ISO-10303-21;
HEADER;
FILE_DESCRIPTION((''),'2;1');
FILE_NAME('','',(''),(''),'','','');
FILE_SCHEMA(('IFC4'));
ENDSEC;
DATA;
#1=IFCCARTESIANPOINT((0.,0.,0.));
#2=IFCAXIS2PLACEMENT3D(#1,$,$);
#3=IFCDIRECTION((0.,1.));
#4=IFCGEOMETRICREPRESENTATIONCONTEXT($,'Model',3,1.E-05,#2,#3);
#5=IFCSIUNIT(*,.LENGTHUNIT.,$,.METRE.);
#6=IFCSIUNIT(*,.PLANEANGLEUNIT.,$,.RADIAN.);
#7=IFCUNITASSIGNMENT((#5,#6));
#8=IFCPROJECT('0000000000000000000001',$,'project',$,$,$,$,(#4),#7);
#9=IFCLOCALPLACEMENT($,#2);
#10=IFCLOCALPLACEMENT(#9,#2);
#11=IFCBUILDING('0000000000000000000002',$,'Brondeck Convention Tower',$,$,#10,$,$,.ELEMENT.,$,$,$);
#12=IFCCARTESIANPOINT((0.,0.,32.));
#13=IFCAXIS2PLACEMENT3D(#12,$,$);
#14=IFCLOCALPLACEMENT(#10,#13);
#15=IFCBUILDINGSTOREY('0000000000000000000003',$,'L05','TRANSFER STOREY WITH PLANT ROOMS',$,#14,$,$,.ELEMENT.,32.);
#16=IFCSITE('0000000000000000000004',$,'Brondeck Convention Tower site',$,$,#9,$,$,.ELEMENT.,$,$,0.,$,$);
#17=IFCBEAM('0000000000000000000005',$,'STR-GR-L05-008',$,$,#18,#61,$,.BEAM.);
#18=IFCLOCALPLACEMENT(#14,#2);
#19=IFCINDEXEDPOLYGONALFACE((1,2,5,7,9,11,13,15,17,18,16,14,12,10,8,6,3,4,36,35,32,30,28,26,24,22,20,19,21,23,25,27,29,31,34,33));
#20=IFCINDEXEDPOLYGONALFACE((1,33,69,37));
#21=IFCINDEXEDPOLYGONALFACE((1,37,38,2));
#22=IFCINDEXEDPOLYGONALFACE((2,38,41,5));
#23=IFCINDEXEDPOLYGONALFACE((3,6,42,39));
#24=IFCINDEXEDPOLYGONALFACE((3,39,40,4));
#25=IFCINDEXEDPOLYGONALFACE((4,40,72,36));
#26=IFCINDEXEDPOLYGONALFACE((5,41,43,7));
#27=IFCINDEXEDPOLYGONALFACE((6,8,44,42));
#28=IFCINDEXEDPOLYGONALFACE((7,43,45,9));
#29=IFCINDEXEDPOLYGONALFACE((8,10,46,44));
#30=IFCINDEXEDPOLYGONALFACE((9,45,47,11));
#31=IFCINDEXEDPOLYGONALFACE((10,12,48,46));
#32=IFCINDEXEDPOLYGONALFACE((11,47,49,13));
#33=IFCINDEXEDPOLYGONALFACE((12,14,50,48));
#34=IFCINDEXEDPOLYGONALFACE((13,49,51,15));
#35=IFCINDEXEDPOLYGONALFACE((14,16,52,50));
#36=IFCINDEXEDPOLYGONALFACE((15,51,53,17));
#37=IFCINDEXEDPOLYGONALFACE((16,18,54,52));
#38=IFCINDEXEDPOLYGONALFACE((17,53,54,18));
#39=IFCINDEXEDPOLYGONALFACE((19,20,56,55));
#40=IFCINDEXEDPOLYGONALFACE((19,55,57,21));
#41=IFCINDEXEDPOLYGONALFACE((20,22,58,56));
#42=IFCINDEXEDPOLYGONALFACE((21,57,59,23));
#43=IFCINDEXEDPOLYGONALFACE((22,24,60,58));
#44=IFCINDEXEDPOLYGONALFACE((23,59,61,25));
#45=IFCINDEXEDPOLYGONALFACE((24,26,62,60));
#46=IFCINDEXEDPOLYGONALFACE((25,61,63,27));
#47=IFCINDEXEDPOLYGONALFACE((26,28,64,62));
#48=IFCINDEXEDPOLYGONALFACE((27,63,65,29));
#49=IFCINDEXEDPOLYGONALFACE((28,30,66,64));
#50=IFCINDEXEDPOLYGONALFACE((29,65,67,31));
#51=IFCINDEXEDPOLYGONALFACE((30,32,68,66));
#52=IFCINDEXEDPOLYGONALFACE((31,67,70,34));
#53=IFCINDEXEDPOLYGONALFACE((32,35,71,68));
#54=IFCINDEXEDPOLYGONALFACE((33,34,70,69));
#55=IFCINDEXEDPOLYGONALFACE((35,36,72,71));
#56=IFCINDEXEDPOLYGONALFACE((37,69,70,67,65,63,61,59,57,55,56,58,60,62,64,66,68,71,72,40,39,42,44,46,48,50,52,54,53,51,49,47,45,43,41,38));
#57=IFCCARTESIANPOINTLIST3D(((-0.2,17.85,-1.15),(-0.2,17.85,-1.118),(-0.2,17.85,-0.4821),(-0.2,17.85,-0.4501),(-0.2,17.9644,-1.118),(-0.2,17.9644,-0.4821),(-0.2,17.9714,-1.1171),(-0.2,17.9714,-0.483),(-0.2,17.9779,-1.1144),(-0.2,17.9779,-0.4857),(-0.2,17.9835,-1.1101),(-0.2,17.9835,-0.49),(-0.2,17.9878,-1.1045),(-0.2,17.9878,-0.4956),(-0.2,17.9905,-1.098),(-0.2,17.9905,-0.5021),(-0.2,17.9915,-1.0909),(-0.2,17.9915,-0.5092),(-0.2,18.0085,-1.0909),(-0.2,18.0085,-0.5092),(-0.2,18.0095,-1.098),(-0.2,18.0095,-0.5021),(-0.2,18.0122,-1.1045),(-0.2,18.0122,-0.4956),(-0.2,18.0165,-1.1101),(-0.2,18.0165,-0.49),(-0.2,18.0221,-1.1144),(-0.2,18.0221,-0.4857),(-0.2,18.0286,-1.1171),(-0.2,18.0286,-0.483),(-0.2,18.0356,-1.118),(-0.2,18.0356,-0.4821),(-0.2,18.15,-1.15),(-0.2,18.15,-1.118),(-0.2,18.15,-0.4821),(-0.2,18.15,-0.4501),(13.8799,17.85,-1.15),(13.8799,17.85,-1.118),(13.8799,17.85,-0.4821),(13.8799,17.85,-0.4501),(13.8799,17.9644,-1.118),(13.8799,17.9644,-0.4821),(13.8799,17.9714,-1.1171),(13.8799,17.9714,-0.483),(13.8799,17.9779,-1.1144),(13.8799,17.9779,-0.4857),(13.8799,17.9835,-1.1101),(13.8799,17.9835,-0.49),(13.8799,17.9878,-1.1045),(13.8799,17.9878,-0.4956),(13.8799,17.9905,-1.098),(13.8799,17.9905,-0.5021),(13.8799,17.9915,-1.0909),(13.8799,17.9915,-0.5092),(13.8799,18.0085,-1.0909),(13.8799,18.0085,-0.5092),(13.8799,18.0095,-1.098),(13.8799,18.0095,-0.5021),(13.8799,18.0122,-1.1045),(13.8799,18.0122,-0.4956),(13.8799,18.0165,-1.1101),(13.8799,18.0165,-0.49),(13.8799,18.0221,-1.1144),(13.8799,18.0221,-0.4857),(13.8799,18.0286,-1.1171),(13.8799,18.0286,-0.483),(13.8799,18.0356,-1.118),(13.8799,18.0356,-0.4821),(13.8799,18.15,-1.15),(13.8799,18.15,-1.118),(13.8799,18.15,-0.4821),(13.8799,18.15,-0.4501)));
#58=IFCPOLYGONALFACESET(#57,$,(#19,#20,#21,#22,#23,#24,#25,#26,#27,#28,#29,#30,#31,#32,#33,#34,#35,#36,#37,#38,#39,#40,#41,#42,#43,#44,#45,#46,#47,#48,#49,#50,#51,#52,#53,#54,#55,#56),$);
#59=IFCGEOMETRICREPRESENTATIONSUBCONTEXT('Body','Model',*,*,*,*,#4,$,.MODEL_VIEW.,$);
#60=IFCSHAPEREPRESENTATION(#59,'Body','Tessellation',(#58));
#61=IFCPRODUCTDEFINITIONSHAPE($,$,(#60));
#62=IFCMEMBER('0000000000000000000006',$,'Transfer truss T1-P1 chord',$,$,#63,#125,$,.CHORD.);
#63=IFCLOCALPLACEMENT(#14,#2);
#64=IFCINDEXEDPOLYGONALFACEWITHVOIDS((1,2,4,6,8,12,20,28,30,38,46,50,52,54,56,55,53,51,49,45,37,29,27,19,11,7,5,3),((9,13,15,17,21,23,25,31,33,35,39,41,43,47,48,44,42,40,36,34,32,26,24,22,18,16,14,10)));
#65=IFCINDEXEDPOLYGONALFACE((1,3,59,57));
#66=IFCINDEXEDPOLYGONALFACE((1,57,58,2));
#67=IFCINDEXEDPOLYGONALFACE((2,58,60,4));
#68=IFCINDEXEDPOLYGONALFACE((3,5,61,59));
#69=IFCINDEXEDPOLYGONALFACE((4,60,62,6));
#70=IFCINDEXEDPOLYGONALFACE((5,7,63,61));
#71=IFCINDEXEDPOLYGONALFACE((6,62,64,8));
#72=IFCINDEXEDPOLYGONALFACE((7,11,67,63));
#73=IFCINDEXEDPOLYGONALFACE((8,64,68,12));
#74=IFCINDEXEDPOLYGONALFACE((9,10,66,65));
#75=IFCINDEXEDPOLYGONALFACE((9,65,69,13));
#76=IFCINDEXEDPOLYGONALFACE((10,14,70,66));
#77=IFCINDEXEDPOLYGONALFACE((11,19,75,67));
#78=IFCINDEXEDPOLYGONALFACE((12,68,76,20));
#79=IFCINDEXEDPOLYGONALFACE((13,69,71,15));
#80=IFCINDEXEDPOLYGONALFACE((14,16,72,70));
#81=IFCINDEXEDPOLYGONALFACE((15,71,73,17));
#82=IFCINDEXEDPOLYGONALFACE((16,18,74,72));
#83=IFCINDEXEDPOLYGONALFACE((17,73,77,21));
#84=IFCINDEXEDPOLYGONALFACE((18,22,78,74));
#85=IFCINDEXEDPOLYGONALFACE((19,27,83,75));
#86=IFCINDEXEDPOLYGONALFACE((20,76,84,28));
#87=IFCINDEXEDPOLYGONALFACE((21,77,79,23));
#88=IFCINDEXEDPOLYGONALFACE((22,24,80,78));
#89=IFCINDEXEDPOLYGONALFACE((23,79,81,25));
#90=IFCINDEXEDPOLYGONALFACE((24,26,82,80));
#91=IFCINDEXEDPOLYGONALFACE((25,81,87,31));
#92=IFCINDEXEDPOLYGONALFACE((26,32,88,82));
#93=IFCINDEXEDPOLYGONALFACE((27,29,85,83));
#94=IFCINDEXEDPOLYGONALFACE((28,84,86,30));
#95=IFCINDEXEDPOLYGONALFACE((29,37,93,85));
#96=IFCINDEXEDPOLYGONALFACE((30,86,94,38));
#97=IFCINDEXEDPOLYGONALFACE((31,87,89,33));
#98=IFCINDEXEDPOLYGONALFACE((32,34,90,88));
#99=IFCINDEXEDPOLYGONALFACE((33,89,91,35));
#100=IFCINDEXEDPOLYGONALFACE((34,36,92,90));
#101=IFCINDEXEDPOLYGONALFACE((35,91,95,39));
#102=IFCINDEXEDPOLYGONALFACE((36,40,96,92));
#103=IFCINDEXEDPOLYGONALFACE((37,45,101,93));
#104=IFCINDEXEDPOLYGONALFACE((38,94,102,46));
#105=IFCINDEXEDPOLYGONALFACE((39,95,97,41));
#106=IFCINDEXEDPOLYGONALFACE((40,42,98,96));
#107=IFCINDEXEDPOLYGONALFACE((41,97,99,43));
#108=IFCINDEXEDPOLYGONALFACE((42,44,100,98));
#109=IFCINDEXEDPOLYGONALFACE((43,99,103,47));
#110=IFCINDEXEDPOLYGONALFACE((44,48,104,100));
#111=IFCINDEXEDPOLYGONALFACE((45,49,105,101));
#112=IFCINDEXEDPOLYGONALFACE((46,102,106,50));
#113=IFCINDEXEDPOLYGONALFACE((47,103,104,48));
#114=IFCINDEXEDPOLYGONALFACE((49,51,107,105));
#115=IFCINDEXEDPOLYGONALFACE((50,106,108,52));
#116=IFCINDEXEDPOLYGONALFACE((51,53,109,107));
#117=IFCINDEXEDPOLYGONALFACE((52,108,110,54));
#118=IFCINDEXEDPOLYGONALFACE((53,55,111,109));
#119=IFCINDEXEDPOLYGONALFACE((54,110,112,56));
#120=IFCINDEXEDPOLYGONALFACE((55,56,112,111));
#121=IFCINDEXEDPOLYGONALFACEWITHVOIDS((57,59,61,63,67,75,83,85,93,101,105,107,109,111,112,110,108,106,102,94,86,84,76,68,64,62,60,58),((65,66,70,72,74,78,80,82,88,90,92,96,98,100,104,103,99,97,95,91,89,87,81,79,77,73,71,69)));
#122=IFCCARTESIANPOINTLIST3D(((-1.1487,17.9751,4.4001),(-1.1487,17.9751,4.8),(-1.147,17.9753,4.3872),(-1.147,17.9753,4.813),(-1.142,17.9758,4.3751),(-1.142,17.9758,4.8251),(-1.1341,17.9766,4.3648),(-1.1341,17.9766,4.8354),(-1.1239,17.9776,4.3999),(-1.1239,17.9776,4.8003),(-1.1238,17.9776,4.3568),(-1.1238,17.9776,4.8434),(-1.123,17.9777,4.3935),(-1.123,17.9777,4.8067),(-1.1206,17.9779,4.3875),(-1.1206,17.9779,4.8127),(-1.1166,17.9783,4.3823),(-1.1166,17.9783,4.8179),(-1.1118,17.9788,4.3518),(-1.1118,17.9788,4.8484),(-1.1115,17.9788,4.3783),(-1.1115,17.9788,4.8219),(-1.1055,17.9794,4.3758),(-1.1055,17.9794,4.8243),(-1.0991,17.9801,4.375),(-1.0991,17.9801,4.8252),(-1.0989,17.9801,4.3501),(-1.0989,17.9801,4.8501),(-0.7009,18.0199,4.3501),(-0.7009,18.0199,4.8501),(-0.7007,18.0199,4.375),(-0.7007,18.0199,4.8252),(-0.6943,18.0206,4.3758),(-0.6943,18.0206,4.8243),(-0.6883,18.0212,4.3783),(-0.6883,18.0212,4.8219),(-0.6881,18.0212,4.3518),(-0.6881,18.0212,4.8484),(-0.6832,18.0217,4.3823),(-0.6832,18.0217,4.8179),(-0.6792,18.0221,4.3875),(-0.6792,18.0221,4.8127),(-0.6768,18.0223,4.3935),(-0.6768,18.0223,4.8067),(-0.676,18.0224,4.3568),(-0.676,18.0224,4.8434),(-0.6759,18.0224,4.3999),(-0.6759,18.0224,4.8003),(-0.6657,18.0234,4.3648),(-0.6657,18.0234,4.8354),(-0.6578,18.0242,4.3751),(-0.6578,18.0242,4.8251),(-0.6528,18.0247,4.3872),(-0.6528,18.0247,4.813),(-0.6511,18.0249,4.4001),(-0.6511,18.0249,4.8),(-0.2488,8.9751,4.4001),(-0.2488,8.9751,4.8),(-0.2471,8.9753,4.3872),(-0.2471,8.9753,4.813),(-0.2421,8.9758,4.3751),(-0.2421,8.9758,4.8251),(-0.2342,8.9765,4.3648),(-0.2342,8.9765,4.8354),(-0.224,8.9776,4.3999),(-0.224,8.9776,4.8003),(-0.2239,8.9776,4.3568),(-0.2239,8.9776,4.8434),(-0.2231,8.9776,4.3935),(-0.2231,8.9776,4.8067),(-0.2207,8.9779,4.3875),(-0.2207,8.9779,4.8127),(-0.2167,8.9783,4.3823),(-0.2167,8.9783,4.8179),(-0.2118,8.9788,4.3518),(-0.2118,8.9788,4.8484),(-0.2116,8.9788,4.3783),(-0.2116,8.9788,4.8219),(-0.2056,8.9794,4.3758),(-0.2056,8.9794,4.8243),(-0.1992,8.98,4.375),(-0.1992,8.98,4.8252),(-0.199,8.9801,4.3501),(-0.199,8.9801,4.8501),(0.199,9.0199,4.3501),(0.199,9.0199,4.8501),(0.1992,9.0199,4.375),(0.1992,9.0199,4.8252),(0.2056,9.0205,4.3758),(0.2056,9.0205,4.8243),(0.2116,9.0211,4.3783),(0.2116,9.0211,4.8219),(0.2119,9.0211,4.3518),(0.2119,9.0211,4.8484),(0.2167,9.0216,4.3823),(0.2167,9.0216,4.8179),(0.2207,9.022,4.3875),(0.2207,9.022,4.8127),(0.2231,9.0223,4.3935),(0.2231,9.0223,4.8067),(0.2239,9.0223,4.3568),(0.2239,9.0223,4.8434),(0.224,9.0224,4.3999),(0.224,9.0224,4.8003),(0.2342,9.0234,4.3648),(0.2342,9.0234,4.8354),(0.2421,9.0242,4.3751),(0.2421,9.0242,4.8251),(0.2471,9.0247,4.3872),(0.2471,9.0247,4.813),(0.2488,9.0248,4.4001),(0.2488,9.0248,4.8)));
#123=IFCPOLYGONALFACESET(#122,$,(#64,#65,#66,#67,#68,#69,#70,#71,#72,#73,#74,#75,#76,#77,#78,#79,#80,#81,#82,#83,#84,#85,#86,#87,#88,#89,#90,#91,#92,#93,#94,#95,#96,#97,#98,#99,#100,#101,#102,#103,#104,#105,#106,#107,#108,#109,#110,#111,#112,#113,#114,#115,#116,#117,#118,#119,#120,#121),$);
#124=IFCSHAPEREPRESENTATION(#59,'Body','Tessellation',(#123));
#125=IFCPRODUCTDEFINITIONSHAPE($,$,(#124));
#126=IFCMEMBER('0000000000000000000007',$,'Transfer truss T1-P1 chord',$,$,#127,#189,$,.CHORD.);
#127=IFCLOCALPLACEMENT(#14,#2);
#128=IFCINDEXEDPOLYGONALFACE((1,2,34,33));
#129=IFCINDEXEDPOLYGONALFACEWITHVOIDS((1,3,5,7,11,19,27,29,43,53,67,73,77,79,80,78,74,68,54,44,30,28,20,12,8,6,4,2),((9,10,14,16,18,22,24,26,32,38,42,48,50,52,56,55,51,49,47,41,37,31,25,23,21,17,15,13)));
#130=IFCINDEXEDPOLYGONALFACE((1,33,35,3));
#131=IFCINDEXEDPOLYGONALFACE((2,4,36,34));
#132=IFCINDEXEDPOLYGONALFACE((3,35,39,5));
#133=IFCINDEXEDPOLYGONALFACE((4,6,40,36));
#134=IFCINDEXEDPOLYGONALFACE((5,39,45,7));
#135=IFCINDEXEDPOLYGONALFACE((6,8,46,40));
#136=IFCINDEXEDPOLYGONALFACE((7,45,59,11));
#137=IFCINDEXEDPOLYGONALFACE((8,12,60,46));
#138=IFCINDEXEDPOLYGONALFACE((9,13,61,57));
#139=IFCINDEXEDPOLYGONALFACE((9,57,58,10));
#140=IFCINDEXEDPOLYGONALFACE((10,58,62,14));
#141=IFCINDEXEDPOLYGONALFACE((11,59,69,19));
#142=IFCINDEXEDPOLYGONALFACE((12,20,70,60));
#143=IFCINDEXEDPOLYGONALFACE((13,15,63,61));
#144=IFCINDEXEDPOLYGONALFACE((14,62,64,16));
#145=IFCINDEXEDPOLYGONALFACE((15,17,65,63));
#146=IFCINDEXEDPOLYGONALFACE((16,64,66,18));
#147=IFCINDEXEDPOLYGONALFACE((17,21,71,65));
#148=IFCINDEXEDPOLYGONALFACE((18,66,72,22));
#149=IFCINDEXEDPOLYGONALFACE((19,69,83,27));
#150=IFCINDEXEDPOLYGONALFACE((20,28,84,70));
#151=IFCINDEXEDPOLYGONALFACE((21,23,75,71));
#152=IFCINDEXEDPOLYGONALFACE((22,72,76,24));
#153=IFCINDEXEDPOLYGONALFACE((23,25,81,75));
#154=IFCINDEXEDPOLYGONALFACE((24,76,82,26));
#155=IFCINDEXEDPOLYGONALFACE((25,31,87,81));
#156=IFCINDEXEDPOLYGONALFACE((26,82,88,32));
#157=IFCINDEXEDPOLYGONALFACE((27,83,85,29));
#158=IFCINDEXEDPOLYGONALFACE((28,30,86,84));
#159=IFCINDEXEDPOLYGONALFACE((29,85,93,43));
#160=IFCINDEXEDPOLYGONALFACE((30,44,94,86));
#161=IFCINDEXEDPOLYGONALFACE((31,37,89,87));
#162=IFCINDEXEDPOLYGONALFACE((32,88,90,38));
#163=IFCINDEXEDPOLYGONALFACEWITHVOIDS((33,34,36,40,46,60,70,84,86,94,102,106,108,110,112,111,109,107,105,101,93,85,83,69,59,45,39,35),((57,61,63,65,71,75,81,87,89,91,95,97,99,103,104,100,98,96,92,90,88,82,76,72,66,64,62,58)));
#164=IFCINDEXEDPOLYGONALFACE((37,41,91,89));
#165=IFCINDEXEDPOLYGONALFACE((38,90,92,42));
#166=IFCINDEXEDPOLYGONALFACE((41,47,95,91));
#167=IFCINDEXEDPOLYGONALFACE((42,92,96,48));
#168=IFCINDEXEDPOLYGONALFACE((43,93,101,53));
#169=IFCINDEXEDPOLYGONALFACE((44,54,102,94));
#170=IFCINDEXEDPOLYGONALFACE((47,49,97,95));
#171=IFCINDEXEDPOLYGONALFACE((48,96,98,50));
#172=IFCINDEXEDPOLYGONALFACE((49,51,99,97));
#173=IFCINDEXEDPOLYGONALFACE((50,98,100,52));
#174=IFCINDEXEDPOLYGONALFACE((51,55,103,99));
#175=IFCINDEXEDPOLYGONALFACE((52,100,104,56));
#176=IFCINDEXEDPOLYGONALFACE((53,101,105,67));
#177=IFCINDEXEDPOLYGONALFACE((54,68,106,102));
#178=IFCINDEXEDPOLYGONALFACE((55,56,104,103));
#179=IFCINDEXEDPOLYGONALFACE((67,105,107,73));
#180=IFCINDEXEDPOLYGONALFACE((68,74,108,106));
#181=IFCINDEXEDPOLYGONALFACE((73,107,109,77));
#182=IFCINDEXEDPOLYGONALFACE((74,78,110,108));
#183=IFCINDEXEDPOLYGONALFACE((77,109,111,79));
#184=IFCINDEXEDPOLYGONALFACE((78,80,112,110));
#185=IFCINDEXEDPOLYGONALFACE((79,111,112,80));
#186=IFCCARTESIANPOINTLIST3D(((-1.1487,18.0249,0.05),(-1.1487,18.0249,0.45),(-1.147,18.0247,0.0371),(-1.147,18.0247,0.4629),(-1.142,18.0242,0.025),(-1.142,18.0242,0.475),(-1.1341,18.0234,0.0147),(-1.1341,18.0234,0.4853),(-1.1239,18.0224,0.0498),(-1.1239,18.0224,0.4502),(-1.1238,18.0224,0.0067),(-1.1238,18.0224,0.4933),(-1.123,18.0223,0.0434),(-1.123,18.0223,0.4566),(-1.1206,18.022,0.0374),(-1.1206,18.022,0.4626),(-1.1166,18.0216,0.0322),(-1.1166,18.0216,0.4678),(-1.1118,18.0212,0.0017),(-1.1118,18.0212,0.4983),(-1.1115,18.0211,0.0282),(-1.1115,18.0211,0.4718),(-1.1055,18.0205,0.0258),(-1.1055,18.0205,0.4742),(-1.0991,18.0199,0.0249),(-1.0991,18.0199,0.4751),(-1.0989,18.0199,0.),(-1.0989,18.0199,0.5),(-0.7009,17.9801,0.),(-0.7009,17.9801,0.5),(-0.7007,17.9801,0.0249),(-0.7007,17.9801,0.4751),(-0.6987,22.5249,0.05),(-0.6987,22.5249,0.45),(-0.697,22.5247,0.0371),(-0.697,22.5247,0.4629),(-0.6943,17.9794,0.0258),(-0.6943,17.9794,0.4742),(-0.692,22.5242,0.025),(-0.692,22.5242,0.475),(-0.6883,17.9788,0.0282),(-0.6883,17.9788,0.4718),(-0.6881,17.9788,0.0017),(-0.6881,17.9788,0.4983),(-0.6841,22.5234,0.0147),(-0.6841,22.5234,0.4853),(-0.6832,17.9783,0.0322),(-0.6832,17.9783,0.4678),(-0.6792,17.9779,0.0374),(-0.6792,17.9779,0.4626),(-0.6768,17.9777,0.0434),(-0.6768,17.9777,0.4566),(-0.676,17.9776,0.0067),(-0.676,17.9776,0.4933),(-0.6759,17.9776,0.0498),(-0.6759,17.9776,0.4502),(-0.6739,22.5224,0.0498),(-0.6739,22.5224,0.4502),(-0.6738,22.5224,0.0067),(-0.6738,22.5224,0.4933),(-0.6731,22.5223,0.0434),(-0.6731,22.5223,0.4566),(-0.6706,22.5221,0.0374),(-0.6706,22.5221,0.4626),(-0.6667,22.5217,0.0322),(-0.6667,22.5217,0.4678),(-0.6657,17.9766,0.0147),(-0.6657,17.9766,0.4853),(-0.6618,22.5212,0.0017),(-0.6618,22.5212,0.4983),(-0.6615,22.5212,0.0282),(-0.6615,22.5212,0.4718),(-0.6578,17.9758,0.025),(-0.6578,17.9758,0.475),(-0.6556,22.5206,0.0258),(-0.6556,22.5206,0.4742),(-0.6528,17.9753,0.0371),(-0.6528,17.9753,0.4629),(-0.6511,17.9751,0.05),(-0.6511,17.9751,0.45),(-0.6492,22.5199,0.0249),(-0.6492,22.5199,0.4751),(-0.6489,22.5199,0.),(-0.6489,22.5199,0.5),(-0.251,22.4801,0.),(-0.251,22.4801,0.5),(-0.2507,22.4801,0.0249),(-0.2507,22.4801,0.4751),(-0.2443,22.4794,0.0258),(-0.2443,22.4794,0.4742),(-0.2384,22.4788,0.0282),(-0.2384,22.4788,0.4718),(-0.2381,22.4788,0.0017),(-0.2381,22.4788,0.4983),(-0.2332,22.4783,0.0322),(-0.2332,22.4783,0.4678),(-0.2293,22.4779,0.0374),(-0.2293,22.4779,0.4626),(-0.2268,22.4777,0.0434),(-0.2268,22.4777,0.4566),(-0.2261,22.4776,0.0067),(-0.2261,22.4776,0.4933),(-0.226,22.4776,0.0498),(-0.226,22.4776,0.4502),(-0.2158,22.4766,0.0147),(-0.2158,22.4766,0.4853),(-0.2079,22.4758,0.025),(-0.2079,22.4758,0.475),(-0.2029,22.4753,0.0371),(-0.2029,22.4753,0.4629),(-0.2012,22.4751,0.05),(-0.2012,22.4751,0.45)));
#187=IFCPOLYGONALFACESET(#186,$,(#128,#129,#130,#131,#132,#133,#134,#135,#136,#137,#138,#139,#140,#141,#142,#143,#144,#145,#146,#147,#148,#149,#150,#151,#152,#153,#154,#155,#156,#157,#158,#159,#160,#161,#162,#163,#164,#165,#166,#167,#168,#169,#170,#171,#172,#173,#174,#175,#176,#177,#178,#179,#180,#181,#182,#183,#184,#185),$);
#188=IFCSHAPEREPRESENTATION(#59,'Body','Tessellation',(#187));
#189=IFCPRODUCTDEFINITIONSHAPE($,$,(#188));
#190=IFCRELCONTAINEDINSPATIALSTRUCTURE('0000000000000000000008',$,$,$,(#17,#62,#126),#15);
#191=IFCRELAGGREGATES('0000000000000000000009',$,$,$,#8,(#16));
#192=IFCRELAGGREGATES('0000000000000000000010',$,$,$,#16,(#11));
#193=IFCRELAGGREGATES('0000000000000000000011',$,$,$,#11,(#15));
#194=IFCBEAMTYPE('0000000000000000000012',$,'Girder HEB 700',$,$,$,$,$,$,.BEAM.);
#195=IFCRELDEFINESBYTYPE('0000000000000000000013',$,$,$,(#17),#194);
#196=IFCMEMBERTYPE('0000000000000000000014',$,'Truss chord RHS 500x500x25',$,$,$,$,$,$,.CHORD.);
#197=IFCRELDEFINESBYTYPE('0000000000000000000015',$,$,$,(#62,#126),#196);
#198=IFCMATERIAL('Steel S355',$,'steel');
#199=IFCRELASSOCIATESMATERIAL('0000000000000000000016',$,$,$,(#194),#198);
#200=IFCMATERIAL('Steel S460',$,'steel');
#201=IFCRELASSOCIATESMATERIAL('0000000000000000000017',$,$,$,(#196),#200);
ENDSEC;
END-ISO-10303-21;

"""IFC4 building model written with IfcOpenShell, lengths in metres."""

from ifc_helpers import new_model, si_unit, direction, frame, origin, origin_2d, place, context, subcontext, project, spatial, hollow_rectangle, i_section, extrude, material, material_profile, profile_set, type_object, element, save


model = new_model("IFC4")

# Units and contexts
model_context = context("Model", 3, precision=1e-05, world=origin(), true_north=direction((0.0, 1.0)))
body_context = subcontext(model_context, "Body", "Model", "MODEL_VIEW")
ifc_project = project(units=[si_unit("LENGTHUNIT", "METRE"), si_unit("PLANEANGLEUNIT", "RADIAN")], contexts=[model_context])

# Site, building, storey
site_placement = place(None, origin())
site = spatial("IfcSite", under=ifc_project, at=site_placement, Name="Brondeck Convention Tower site", CompositionType="ELEMENT", RefElevation=0.0)
building_placement = place(site_placement, origin())
building = spatial("IfcBuilding", under=site, at=building_placement, Name="Brondeck Convention Tower", CompositionType="ELEMENT")
storey_placement = place(building_placement, frame((0.0, 0.0, 32.0)))
storey = spatial("IfcBuildingStorey", under=building, at=storey_placement, Name="L05", Description="TRANSFER STOREY WITH PLANT ROOMS", CompositionType="ELEMENT", Elevation=32.0)

# Shared definitions
ifc_material_1 = material(Name="Steel S460", Category="steel")

# Beam
ifc_material_2 = material(Name="Steel S355", Category="steel")
ifc_material_profile_1 = material_profile(ifc_material_2, i_section(OverallWidth=0.3, OverallDepth=0.7, WebThickness=0.0171, FlangeThickness=0.032, FilletRadius=0.0271, at=origin_2d()), Name="HEB 700")
ifc_profile_set_1 = profile_set([ifc_material_profile_1], Name="Steel S355")
beam_type_1 = type_object("IfcBeamType", Name="Girder HEB 700", PredefinedType="BEAM", material=ifc_profile_set_1)
beam_1_placement = place(storey_placement, frame((-0.2, 18.0, -0.8), z_axis=(1.0, 0.0, 0.0), x_axis=(0.0, 1.0, 0.0)))
element("IfcBeam", 1, at=beam_1_placement, inside=storey, type_object=beam_type_1, Name="STR-GR-L05-008", PredefinedType="BEAM", context=body_context, shape_type="SweptSolid", body=[
    extrude(i_section(OverallWidth=0.3, OverallDepth=0.7, WebThickness=0.0171, FlangeThickness=0.032, FilletRadius=0.0271, at=origin_2d()), origin(), (0.0, 0.0, 1.0), 14.0798),
])

# Members
ifc_material_profile_2 = material_profile(ifc_material_1, hollow_rectangle(XDim=0.5, YDim=0.5, WallThickness=0.0249, InnerFilletRadius=0.0249, OuterFilletRadius=0.05, at=origin_2d()), Name="RHS 500x500x25")
ifc_profile_set_2 = profile_set([ifc_material_profile_2], Name="Steel S460")
member_type_1 = type_object("IfcMemberType", Name="Truss chord RHS 500x500x25", PredefinedType="CHORD", material=ifc_profile_set_2)
member_1_placement = place(storey_placement, frame((-0.8999, 18.0, 4.6001), z_axis=(0.099493, -0.995038, 0.0), x_axis=(0.995038, 0.099493, 0.0)))
element("IfcMember", 2, at=member_1_placement, inside=storey, type_object=member_type_1, Name="Transfer truss T1-P1 chord", PredefinedType="CHORD", context=body_context, shape_type="SweptSolid", body=[
    extrude(hollow_rectangle(XDim=0.5, YDim=0.5, WallThickness=0.0249, InnerFilletRadius=0.0249, OuterFilletRadius=0.05, at=origin_2d()), origin(), (0.0, 0.0, 1.0), 9.0449),
])
for number, where, z_axis, x_axis, name in (
    (3, (-0.45, 22.5, 0.25), (-0.099493, -0.995038, 0.0), (0.995038, -0.099493, 0.0), "Transfer truss T1-P1 chord"),
):
    element("IfcMember", number, at=place(storey_placement, frame(where, z_axis=z_axis, x_axis=x_axis)), inside=storey, type_object=member_type_1, Name=name, PredefinedType="CHORD", context=body_context, shape_type="SweptSolid", body=[
        extrude(hollow_rectangle(XDim=0.5, YDim=0.5, WallThickness=0.0249, InnerFilletRadius=0.0249, OuterFilletRadius=0.05, at=origin_2d()), origin(), (0.0, 0.0, 1.0), 4.5225),
    ])

save(model, "model.ifc")
